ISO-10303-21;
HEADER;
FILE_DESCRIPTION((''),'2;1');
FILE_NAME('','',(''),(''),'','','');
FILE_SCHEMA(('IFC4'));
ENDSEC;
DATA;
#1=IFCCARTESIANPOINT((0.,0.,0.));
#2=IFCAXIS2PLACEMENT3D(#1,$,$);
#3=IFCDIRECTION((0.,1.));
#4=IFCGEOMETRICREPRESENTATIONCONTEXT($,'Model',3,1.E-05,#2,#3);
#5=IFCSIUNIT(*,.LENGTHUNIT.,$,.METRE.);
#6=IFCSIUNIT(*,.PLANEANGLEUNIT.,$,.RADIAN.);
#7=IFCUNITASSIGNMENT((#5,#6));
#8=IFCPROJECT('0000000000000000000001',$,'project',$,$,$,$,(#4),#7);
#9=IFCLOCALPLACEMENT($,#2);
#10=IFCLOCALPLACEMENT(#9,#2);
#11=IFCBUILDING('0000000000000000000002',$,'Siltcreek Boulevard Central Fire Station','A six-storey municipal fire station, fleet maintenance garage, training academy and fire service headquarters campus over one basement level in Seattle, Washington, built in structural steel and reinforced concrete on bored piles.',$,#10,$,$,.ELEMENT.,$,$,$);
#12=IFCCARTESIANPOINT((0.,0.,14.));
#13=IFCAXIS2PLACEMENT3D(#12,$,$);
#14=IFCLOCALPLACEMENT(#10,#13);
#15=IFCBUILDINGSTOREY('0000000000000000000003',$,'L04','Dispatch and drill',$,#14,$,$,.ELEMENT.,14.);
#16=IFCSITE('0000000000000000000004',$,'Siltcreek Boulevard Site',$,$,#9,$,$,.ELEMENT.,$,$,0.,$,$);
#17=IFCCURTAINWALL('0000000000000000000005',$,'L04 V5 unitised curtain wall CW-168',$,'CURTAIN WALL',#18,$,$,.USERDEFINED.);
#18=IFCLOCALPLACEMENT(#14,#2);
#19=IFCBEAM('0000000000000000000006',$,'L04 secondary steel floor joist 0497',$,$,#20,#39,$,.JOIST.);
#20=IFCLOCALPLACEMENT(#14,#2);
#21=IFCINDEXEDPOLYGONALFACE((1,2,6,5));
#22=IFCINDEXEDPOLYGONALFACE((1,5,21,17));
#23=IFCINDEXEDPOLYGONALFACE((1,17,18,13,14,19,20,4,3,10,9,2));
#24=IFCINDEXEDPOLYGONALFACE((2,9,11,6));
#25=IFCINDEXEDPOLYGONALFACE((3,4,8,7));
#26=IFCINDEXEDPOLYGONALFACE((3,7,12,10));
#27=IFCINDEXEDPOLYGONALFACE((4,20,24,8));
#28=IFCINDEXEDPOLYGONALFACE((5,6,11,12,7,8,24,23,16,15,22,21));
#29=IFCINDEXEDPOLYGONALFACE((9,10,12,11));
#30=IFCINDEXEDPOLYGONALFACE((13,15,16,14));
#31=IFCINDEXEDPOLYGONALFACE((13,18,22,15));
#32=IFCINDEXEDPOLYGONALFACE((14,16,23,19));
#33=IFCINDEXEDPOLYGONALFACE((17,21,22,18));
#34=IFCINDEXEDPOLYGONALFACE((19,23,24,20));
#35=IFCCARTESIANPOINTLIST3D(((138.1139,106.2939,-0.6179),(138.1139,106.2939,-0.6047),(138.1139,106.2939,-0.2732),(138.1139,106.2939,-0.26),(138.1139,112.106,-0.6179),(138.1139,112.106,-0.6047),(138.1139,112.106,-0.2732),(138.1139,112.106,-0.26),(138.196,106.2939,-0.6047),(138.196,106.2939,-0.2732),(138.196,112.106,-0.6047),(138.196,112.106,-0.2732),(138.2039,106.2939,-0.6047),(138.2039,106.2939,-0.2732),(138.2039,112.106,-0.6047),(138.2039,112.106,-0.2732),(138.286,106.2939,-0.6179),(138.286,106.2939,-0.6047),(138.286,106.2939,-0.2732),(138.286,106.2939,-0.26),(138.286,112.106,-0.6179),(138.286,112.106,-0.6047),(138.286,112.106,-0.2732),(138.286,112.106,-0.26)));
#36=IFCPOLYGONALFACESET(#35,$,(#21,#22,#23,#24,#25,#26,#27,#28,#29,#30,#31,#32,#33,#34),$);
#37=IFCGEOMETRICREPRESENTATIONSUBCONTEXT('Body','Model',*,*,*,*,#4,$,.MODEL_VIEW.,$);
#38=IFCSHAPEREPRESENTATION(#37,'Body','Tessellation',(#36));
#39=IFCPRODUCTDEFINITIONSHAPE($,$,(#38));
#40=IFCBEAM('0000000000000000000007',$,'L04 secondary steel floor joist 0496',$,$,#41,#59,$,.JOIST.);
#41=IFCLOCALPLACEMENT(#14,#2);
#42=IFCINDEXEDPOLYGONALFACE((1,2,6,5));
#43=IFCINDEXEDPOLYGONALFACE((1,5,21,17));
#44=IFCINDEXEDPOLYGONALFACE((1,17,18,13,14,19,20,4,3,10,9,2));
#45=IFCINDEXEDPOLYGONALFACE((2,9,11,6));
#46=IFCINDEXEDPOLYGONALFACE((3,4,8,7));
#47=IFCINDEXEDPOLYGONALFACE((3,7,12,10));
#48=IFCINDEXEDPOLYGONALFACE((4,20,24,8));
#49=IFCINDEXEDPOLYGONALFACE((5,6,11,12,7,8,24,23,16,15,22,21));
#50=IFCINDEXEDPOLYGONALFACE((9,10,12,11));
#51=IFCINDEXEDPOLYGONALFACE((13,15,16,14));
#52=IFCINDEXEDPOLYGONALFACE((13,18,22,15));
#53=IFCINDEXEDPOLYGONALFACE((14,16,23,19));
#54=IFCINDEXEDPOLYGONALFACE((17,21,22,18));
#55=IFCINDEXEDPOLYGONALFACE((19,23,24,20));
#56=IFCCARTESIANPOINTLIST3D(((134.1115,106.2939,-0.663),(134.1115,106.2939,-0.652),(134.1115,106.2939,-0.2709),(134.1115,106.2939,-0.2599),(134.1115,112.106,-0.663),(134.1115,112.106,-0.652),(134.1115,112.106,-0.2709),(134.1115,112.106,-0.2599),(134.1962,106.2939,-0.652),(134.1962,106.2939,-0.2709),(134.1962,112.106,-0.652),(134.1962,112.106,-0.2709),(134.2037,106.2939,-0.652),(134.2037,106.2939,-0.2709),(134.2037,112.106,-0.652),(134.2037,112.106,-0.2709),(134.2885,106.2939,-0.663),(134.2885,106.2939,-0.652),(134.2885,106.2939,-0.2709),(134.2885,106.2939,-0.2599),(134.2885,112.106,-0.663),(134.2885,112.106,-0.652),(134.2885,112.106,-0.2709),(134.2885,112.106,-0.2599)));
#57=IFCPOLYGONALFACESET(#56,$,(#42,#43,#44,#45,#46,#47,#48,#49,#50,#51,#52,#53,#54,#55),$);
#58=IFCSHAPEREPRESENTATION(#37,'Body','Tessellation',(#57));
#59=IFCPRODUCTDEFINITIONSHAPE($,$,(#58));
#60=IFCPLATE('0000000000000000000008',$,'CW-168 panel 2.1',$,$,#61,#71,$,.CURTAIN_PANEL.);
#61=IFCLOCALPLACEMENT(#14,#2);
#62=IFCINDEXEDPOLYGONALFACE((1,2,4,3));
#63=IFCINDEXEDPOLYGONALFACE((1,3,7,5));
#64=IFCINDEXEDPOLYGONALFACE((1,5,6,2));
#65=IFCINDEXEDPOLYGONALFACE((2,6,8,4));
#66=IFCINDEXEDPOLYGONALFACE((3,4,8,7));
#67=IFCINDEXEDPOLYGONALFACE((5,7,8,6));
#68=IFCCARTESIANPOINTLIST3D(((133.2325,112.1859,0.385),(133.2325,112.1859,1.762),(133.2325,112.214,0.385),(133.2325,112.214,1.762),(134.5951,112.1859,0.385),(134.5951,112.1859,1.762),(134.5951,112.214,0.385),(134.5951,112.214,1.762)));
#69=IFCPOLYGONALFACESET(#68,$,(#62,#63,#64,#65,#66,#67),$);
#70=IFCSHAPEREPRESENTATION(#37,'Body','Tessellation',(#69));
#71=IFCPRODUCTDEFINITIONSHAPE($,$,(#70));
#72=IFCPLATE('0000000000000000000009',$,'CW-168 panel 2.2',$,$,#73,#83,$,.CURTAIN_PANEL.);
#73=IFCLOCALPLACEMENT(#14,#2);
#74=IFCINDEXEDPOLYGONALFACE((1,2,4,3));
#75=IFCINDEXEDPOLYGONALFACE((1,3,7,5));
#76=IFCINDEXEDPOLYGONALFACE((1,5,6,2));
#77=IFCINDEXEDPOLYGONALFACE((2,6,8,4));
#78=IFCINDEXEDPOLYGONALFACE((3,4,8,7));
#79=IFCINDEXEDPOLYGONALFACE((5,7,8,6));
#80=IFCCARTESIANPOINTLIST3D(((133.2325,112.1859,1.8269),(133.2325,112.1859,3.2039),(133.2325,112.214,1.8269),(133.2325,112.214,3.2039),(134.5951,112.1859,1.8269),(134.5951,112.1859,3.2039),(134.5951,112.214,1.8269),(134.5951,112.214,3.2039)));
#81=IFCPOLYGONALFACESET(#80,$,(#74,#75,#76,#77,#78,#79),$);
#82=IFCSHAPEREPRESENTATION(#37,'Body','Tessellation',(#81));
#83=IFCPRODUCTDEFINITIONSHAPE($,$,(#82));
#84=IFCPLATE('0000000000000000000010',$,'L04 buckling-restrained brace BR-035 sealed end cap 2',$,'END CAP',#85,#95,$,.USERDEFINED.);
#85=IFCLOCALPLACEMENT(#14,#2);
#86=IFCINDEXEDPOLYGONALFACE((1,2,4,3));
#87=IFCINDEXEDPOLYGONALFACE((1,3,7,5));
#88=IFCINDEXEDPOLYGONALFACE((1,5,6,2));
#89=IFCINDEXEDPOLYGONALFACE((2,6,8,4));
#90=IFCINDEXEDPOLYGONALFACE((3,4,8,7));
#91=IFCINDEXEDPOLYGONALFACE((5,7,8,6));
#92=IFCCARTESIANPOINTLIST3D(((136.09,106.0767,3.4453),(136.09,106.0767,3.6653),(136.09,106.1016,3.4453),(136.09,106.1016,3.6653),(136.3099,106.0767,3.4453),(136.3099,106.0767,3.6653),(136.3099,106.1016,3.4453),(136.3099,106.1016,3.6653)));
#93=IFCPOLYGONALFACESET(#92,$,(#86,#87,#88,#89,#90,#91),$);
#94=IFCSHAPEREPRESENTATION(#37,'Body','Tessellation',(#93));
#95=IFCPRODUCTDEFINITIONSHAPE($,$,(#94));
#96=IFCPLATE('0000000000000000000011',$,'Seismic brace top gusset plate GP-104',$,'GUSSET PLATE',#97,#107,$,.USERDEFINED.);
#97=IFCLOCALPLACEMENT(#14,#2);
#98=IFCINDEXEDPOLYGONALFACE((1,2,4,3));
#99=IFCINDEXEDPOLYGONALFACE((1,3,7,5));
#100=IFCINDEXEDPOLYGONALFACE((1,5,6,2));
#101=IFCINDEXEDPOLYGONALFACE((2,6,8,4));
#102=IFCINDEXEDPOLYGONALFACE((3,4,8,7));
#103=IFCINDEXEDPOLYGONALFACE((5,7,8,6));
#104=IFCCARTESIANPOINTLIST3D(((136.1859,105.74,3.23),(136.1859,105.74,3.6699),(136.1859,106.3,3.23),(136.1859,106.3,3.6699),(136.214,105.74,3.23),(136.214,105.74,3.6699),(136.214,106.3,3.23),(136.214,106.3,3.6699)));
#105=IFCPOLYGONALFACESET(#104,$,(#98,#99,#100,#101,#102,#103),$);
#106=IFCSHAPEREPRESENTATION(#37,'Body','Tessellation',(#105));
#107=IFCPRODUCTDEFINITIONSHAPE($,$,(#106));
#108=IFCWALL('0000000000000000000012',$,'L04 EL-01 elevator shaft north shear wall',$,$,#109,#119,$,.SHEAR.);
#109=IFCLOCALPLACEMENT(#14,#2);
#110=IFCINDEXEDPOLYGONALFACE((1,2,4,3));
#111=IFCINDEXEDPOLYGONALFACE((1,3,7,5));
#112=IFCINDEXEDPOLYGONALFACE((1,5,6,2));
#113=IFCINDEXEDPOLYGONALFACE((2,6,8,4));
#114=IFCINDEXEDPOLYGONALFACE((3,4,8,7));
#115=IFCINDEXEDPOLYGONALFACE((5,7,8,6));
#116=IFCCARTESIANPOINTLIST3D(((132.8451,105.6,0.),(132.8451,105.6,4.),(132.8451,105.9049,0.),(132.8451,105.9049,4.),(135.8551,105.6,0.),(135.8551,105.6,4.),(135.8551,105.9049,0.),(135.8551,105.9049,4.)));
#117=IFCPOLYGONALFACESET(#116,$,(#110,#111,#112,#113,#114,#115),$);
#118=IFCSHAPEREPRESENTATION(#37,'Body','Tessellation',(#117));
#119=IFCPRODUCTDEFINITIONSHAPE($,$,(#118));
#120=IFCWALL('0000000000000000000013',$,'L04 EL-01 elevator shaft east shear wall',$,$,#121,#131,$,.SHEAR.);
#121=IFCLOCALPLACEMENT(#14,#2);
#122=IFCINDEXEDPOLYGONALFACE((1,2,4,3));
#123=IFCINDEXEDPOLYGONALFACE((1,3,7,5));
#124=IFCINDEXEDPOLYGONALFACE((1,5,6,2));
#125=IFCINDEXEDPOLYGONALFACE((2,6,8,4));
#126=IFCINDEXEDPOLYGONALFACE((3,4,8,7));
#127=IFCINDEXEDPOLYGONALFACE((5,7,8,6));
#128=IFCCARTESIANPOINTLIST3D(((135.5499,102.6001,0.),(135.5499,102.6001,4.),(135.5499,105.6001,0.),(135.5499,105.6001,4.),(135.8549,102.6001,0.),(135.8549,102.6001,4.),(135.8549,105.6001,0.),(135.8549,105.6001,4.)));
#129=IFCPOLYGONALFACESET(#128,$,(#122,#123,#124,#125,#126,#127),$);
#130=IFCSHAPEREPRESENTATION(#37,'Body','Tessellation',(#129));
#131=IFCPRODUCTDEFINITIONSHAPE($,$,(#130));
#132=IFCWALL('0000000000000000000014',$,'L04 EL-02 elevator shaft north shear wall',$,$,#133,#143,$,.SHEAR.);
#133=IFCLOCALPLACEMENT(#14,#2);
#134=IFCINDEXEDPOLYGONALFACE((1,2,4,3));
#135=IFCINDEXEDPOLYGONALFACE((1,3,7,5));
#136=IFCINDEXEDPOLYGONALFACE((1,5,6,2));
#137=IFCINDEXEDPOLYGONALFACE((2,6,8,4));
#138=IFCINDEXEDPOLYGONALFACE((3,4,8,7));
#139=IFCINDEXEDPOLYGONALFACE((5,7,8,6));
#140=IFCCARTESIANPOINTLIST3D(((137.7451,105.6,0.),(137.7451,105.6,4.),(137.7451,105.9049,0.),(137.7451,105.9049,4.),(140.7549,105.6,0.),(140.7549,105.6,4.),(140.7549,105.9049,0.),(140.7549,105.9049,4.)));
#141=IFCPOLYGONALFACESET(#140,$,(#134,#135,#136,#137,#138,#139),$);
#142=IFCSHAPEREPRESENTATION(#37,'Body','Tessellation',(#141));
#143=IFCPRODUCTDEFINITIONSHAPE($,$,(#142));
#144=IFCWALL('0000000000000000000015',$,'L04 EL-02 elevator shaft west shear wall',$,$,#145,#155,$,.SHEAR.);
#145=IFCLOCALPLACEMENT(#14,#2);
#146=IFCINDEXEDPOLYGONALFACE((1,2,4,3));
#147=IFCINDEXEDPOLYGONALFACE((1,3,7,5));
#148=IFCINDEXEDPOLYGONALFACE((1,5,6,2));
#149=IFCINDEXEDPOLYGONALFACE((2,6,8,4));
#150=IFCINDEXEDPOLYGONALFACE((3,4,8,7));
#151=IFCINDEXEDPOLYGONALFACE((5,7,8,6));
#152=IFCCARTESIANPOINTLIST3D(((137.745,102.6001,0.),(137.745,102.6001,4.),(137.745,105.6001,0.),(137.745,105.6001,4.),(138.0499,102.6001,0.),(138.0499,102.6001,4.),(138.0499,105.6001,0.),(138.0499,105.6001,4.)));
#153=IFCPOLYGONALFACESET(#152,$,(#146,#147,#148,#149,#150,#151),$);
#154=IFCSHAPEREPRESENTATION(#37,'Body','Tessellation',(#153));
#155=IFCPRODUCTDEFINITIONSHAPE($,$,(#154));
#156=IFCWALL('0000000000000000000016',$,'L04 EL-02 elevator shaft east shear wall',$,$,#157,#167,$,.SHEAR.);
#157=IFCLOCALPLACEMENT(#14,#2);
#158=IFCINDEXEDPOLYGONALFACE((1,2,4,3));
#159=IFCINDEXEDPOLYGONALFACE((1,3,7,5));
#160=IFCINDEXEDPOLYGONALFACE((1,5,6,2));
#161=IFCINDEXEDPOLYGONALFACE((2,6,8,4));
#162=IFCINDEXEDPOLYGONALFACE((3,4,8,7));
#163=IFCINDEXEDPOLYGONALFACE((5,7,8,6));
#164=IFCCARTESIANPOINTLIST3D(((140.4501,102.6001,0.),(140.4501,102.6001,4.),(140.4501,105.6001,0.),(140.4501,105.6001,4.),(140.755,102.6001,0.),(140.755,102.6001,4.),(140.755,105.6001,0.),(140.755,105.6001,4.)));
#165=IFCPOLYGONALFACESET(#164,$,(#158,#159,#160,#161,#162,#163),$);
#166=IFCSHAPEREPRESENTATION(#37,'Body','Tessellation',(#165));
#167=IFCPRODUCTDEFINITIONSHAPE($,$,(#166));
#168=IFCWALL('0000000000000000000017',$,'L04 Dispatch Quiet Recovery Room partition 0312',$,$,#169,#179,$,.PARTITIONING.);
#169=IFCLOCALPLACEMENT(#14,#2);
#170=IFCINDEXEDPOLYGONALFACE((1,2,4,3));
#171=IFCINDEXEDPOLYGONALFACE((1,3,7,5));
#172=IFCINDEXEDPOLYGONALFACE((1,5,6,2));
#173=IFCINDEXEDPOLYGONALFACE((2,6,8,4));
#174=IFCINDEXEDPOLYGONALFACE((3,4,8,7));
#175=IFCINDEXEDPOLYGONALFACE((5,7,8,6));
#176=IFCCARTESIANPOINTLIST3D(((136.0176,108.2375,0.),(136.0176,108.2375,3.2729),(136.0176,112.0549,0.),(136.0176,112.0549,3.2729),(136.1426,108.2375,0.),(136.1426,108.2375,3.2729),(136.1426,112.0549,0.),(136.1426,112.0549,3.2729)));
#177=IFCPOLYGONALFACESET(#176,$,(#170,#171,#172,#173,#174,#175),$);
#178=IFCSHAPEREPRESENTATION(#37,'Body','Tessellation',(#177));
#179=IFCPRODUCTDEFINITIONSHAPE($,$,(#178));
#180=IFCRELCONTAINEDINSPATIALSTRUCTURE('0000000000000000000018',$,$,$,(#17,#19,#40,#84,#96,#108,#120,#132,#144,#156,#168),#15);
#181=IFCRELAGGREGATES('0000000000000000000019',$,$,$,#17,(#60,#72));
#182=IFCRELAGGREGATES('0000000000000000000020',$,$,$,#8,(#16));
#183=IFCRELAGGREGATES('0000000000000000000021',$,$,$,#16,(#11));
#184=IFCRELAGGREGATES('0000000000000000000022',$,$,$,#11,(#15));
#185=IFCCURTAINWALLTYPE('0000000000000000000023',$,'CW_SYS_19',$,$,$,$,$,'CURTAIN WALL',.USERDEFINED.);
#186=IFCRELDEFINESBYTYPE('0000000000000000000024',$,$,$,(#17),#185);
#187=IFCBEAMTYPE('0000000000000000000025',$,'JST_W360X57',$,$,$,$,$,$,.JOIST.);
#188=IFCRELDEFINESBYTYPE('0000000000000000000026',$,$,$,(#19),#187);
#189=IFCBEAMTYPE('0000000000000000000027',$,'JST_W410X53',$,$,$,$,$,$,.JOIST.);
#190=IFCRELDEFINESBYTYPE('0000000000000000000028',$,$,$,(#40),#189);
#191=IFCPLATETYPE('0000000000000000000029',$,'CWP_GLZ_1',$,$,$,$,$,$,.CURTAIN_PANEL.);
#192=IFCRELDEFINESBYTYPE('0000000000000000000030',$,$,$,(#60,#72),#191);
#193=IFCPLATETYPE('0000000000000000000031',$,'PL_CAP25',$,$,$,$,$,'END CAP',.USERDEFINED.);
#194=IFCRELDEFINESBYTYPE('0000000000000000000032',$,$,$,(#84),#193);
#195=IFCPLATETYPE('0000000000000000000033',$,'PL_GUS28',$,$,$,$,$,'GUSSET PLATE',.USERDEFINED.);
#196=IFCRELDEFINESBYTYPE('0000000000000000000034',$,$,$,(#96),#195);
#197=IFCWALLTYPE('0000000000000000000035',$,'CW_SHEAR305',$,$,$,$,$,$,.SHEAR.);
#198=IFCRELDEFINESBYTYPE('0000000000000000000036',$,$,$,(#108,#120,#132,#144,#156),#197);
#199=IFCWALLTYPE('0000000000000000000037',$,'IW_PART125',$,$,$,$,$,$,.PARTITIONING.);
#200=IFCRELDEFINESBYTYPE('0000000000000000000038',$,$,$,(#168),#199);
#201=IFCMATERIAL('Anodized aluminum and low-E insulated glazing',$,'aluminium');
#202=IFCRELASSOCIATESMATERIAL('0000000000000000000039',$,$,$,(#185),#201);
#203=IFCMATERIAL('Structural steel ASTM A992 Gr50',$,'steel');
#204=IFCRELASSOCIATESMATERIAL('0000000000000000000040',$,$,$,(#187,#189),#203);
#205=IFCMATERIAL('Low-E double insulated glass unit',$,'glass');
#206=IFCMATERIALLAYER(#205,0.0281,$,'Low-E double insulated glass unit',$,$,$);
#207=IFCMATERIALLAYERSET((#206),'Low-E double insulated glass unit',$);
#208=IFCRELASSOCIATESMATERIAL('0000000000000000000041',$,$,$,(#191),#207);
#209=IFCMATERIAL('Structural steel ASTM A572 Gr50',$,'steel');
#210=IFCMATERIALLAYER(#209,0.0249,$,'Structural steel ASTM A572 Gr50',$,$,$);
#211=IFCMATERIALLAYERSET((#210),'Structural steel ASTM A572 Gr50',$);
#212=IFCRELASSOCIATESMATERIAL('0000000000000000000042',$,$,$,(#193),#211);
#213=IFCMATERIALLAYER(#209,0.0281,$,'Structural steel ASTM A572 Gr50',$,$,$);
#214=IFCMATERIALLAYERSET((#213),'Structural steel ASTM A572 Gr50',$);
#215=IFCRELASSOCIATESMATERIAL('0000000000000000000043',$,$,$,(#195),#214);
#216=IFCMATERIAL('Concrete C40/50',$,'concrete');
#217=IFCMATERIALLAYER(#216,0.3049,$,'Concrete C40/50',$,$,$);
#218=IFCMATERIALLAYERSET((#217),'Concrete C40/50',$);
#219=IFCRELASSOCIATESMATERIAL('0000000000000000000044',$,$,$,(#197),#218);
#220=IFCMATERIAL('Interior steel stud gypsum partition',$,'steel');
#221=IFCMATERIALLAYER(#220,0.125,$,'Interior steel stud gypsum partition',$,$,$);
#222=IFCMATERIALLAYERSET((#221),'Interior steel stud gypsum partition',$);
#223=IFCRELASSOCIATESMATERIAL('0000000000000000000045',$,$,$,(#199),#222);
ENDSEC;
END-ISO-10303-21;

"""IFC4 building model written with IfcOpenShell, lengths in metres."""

from ifc_helpers import new_model, si_unit, direction, frame, frame_2d, origin, origin_2d, place, context, subcontext, project, spatial, rectangle, i_section, extrude, material, layer, layer_set, material_profile, profile_set, type_object, element, aggregate, save


model = new_model("IFC4")

# Units and contexts
model_context = context("Model", 3, precision=1e-05, world=origin(), true_north=direction((0.0, 1.0)))
body_context = subcontext(model_context, "Body", "Model", "MODEL_VIEW")
ifc_project = project(units=[si_unit("LENGTHUNIT", "METRE"), si_unit("PLANEANGLEUNIT", "RADIAN")], contexts=[model_context])

# Site, building, storey
site_placement = place(None, origin())
site = spatial("IfcSite", under=ifc_project, at=site_placement, Name="Siltcreek Boulevard Site", CompositionType="ELEMENT", RefElevation=0.0)
building_placement = place(site_placement, origin())
building = spatial("IfcBuilding", under=site, at=building_placement, Name="Siltcreek Boulevard Central Fire Station", Description="A six-storey municipal fire station, fleet maintenance garage, training academy and fire service headquarters campus over one basement level in Seattle, Washington, built in structural steel and reinforced concrete on bored piles.", CompositionType="ELEMENT")
storey_placement = place(building_placement, frame((0.0, 0.0, 14.0)))
storey = spatial("IfcBuildingStorey", under=building, at=storey_placement, Name="L04", Description="Dispatch and drill", CompositionType="ELEMENT", Elevation=14.0)

# Shared definitions
ifc_material_1 = material(Name="Structural steel ASTM A992 Gr50", Category="steel")

# Curtain wall
ifc_material_2 = material(Name="Anodized aluminum and low-E insulated glazing", Category="aluminium")
curtain_wall_type = type_object("IfcCurtainWallType", Name="CW_SYS_19", ElementType="CURTAIN WALL", PredefinedType="USERDEFINED", material=ifc_material_2)
curtain_wall_placement = place(storey_placement, origin())
curtain_wall = element("IfcCurtainWall", 1, at=curtain_wall_placement, inside=storey, type_object=curtain_wall_type, Name="L04 V5 unitised curtain wall CW-168", ObjectType="CURTAIN WALL", PredefinedType="USERDEFINED")

# Beams
ifc_material_profile_1 = material_profile(ifc_material_1, i_section(OverallWidth=0.1721, OverallDepth=0.3579, WebThickness=0.0078, FlangeThickness=0.0132, at=origin_2d()), Name="W360X57")
ifc_profile_set_1 = profile_set([ifc_material_profile_1], Name="Structural steel ASTM A992 Gr50")
beam_type_1 = type_object("IfcBeamType", Name="JST_W360X57", PredefinedType="JOIST", material=ifc_profile_set_1)
beam_1_placement = place(storey_placement, frame((138.2, 106.2939, -0.439), z_axis=(0.0, 1.0, 0.0), x_axis=(-1.0, 0.0, 0.0)))
element("IfcBeam", 2, at=beam_1_placement, inside=storey, type_object=beam_type_1, Name="L04 secondary steel floor joist 0497", PredefinedType="JOIST", context=body_context, shape_type="SweptSolid", body=[
    extrude(i_section(OverallWidth=0.1721, OverallDepth=0.3579, WebThickness=0.0078, FlangeThickness=0.0132, at=origin_2d()), origin(), (0.0, 0.0, 1.0), 5.812),
])
ifc_material_profile_2 = material_profile(ifc_material_1, i_section(OverallWidth=0.177, OverallDepth=0.4031, WebThickness=0.0076, FlangeThickness=0.011, at=origin_2d()), Name="W410X53")
ifc_profile_set_2 = profile_set([ifc_material_profile_2], Name="Structural steel ASTM A992 Gr50")
beam_type_2 = type_object("IfcBeamType", Name="JST_W410X53", PredefinedType="JOIST", material=ifc_profile_set_2)
beam_2_placement = place(storey_placement, frame((134.2, 106.2939, -0.4614), z_axis=(0.0, 1.0, 0.0), x_axis=(-1.0, 0.0, 0.0)))
element("IfcBeam", 3, at=beam_2_placement, inside=storey, type_object=beam_type_2, Name="L04 secondary steel floor joist 0496", PredefinedType="JOIST", context=body_context, shape_type="SweptSolid", body=[
    extrude(i_section(OverallWidth=0.177, OverallDepth=0.4031, WebThickness=0.0076, FlangeThickness=0.011, at=origin_2d()), origin(), (0.0, 0.0, 1.0), 5.812),
])

# Plates
ifc_material_3 = material(Name="Low-E double insulated glass unit", Category="glass")
ifc_layer_1 = layer(ifc_material_3, 0.0281, Name="Low-E double insulated glass unit")
ifc_layer_set_1 = layer_set([ifc_layer_1], Name="Low-E double insulated glass unit")
plate_type_1 = type_object("IfcPlateType", Name="CWP_GLZ_1", PredefinedType="CURTAIN_PANEL", material=ifc_layer_set_1)
plate_1_placement = place(storey_placement, frame((133.9138, 112.2, 0.385), z_axis=(0.0, 0.0, 1.0), x_axis=(-1.0, 0.0, 0.0)))
plate_1 = element("IfcPlate", 4, at=plate_1_placement, type_object=plate_type_1, Name="CW-168 panel 2.1", PredefinedType="CURTAIN_PANEL", context=body_context, shape_type="SweptSolid", body=[
    extrude(rectangle(XDim=1.3625, YDim=0.0281, at=origin_2d()), origin(), (0.0, 0.0, 1.0), 1.377),
])
plate_2_placement = place(storey_placement, frame((133.9138, 112.2, 1.8269), z_axis=(0.0, 0.0, 1.0), x_axis=(-1.0, 0.0, 0.0)))
plate_2 = element("IfcPlate", 5, at=plate_2_placement, type_object=plate_type_1, Name="CW-168 panel 2.2", PredefinedType="CURTAIN_PANEL", context=body_context, shape_type="SweptSolid", body=[
    extrude(rectangle(XDim=1.3625, YDim=0.0281, at=origin_2d()), origin(), (0.0, 0.0, 1.0), 1.377),
])
aggregate(curtain_wall, [plate_1, plate_2])

# Plates
ifc_material_4 = material(Name="Structural steel ASTM A572 Gr50", Category="steel")
ifc_layer_2 = layer(ifc_material_4, 0.0249, Name="Structural steel ASTM A572 Gr50")
ifc_layer_set_2 = layer_set([ifc_layer_2], Name="Structural steel ASTM A572 Gr50")
plate_type_2 = type_object("IfcPlateType", Name="PL_CAP25", ElementType="END CAP", PredefinedType="USERDEFINED", material=ifc_layer_set_2)
plate_3_placement = place(storey_placement, frame((136.2, 106.0891, 3.4453), z_axis=(0.0, 0.0, 1.0), x_axis=(0.0, 1.0, 0.0)))
element("IfcPlate", 6, at=plate_3_placement, inside=storey, type_object=plate_type_2, Name="L04 buckling-restrained brace BR-035 sealed end cap 2", ObjectType="END CAP", PredefinedType="USERDEFINED", context=body_context, shape_type="SweptSolid", body=[
    extrude(rectangle(XDim=0.0249, YDim=0.22, at=origin_2d()), origin(), (0.0, 0.0, 1.0), 0.22),
])
ifc_layer_3 = layer(ifc_material_4, 0.0281, Name="Structural steel ASTM A572 Gr50")
ifc_layer_set_3 = layer_set([ifc_layer_3], Name="Structural steel ASTM A572 Gr50")
plate_type_3 = type_object("IfcPlateType", Name="PL_GUS28", ElementType="GUSSET PLATE", PredefinedType="USERDEFINED", material=ifc_layer_set_3)
plate_4_placement = place(storey_placement, frame((136.2, 106.02, 3.23), z_axis=(0.0, 0.0, 1.0), x_axis=(0.0, 1.0, 0.0)))
element("IfcPlate", 7, at=plate_4_placement, inside=storey, type_object=plate_type_3, Name="Seismic brace top gusset plate GP-104", ObjectType="GUSSET PLATE", PredefinedType="USERDEFINED", context=body_context, shape_type="SweptSolid", body=[
    extrude(rectangle(XDim=0.5601, YDim=0.0281, at=origin_2d()), origin(), (0.0, 0.0, 1.0), 0.4399),
])

# Walls
ifc_material_5 = material(Name="Concrete C40/50", Category="concrete")
ifc_layer_4 = layer(ifc_material_5, 0.3049, Name="Concrete C40/50")
ifc_layer_set_4 = layer_set([ifc_layer_4], Name="Concrete C40/50")
wall_type_1 = type_object("IfcWallType", Name="CW_SHEAR305", PredefinedType="SHEAR", material=ifc_layer_set_4)
wall_1_placement = place(storey_placement, frame((135.855, 105.7524, 0.0), z_axis=(0.0, 0.0, 1.0), x_axis=(-1.0, 0.0, 0.0)))
element("IfcWall", 8, at=wall_1_placement, inside=storey, type_object=wall_type_1, Name="L04 EL-01 elevator shaft north shear wall", PredefinedType="SHEAR", context=body_context, shape_type="SweptSolid", body=[
    extrude(rectangle(XDim=3.01, YDim=0.3049, at=frame_2d((1.5049, 0.0))), origin(), (0.0, 0.0, 1.0), 4.0),
])
wall_2_placement = place(storey_placement, frame((135.7024, 102.6001, 0.0), z_axis=(0.0, 0.0, 1.0), x_axis=(0.0, 1.0, 0.0)))
element("IfcWall", 9, at=wall_2_placement, inside=storey, type_object=wall_type_1, Name="L04 EL-01 elevator shaft east shear wall", PredefinedType="SHEAR", context=body_context, shape_type="SweptSolid", body=[
    extrude(rectangle(XDim=3.0, YDim=0.3049, at=frame_2d((1.5, 0.0))), origin(), (0.0, 0.0, 1.0), 4.0),
])
wall_3_placement = place(storey_placement, frame((140.7549, 105.7524, 0.0), z_axis=(0.0, 0.0, 1.0), x_axis=(-1.0, 0.0, 0.0)))
element("IfcWall", 10, at=wall_3_placement, inside=storey, type_object=wall_type_1, Name="L04 EL-02 elevator shaft north shear wall", PredefinedType="SHEAR", context=body_context, shape_type="SweptSolid", body=[
    extrude(rectangle(XDim=3.0098, YDim=0.3049, at=frame_2d((1.5049, 0.0))), origin(), (0.0, 0.0, 1.0), 4.0),
])
for number, where, z_axis, x_axis, name in (
    (11, (137.8975, 105.6001, 0.0), (0.0, 0.0, 1.0), (0.0, -1.0, 0.0), "L04 EL-02 elevator shaft west shear wall"),
    (12, (140.6025, 102.6001, 0.0), (0.0, 0.0, 1.0), (0.0, 1.0, 0.0), "L04 EL-02 elevator shaft east shear wall"),
):
    element("IfcWall", number, at=place(storey_placement, frame(where, z_axis=z_axis, x_axis=x_axis)), inside=storey, type_object=wall_type_1, Name=name, PredefinedType="SHEAR", context=body_context, shape_type="SweptSolid", body=[
        extrude(rectangle(XDim=3.0, YDim=0.3049, at=frame_2d((1.5, 0.0))), origin(), (0.0, 0.0, 1.0), 4.0),
    ])
ifc_material_6 = material(Name="Interior steel stud gypsum partition", Category="steel")
ifc_layer_5 = layer(ifc_material_6, 0.125, Name="Interior steel stud gypsum partition")
ifc_layer_set_5 = layer_set([ifc_layer_5], Name="Interior steel stud gypsum partition")
wall_type_2 = type_object("IfcWallType", Name="IW_PART125", PredefinedType="PARTITIONING", material=ifc_layer_set_5)
wall_4_placement = place(storey_placement, frame((136.0801, 112.0549, 0.0), z_axis=(0.0, 0.0, 1.0), x_axis=(0.0, -1.0, 0.0)))
element("IfcWall", 13, at=wall_4_placement, inside=storey, type_object=wall_type_2, Name="L04 Dispatch Quiet Recovery Room partition 0312", PredefinedType="PARTITIONING", context=body_context, shape_type="SweptSolid", body=[
    extrude(rectangle(XDim=3.8174, YDim=0.125, at=frame_2d((1.9087, 0.0))), origin(), (0.0, 0.0, 1.0), 3.2729),
])

save(model, "model.ifc")
